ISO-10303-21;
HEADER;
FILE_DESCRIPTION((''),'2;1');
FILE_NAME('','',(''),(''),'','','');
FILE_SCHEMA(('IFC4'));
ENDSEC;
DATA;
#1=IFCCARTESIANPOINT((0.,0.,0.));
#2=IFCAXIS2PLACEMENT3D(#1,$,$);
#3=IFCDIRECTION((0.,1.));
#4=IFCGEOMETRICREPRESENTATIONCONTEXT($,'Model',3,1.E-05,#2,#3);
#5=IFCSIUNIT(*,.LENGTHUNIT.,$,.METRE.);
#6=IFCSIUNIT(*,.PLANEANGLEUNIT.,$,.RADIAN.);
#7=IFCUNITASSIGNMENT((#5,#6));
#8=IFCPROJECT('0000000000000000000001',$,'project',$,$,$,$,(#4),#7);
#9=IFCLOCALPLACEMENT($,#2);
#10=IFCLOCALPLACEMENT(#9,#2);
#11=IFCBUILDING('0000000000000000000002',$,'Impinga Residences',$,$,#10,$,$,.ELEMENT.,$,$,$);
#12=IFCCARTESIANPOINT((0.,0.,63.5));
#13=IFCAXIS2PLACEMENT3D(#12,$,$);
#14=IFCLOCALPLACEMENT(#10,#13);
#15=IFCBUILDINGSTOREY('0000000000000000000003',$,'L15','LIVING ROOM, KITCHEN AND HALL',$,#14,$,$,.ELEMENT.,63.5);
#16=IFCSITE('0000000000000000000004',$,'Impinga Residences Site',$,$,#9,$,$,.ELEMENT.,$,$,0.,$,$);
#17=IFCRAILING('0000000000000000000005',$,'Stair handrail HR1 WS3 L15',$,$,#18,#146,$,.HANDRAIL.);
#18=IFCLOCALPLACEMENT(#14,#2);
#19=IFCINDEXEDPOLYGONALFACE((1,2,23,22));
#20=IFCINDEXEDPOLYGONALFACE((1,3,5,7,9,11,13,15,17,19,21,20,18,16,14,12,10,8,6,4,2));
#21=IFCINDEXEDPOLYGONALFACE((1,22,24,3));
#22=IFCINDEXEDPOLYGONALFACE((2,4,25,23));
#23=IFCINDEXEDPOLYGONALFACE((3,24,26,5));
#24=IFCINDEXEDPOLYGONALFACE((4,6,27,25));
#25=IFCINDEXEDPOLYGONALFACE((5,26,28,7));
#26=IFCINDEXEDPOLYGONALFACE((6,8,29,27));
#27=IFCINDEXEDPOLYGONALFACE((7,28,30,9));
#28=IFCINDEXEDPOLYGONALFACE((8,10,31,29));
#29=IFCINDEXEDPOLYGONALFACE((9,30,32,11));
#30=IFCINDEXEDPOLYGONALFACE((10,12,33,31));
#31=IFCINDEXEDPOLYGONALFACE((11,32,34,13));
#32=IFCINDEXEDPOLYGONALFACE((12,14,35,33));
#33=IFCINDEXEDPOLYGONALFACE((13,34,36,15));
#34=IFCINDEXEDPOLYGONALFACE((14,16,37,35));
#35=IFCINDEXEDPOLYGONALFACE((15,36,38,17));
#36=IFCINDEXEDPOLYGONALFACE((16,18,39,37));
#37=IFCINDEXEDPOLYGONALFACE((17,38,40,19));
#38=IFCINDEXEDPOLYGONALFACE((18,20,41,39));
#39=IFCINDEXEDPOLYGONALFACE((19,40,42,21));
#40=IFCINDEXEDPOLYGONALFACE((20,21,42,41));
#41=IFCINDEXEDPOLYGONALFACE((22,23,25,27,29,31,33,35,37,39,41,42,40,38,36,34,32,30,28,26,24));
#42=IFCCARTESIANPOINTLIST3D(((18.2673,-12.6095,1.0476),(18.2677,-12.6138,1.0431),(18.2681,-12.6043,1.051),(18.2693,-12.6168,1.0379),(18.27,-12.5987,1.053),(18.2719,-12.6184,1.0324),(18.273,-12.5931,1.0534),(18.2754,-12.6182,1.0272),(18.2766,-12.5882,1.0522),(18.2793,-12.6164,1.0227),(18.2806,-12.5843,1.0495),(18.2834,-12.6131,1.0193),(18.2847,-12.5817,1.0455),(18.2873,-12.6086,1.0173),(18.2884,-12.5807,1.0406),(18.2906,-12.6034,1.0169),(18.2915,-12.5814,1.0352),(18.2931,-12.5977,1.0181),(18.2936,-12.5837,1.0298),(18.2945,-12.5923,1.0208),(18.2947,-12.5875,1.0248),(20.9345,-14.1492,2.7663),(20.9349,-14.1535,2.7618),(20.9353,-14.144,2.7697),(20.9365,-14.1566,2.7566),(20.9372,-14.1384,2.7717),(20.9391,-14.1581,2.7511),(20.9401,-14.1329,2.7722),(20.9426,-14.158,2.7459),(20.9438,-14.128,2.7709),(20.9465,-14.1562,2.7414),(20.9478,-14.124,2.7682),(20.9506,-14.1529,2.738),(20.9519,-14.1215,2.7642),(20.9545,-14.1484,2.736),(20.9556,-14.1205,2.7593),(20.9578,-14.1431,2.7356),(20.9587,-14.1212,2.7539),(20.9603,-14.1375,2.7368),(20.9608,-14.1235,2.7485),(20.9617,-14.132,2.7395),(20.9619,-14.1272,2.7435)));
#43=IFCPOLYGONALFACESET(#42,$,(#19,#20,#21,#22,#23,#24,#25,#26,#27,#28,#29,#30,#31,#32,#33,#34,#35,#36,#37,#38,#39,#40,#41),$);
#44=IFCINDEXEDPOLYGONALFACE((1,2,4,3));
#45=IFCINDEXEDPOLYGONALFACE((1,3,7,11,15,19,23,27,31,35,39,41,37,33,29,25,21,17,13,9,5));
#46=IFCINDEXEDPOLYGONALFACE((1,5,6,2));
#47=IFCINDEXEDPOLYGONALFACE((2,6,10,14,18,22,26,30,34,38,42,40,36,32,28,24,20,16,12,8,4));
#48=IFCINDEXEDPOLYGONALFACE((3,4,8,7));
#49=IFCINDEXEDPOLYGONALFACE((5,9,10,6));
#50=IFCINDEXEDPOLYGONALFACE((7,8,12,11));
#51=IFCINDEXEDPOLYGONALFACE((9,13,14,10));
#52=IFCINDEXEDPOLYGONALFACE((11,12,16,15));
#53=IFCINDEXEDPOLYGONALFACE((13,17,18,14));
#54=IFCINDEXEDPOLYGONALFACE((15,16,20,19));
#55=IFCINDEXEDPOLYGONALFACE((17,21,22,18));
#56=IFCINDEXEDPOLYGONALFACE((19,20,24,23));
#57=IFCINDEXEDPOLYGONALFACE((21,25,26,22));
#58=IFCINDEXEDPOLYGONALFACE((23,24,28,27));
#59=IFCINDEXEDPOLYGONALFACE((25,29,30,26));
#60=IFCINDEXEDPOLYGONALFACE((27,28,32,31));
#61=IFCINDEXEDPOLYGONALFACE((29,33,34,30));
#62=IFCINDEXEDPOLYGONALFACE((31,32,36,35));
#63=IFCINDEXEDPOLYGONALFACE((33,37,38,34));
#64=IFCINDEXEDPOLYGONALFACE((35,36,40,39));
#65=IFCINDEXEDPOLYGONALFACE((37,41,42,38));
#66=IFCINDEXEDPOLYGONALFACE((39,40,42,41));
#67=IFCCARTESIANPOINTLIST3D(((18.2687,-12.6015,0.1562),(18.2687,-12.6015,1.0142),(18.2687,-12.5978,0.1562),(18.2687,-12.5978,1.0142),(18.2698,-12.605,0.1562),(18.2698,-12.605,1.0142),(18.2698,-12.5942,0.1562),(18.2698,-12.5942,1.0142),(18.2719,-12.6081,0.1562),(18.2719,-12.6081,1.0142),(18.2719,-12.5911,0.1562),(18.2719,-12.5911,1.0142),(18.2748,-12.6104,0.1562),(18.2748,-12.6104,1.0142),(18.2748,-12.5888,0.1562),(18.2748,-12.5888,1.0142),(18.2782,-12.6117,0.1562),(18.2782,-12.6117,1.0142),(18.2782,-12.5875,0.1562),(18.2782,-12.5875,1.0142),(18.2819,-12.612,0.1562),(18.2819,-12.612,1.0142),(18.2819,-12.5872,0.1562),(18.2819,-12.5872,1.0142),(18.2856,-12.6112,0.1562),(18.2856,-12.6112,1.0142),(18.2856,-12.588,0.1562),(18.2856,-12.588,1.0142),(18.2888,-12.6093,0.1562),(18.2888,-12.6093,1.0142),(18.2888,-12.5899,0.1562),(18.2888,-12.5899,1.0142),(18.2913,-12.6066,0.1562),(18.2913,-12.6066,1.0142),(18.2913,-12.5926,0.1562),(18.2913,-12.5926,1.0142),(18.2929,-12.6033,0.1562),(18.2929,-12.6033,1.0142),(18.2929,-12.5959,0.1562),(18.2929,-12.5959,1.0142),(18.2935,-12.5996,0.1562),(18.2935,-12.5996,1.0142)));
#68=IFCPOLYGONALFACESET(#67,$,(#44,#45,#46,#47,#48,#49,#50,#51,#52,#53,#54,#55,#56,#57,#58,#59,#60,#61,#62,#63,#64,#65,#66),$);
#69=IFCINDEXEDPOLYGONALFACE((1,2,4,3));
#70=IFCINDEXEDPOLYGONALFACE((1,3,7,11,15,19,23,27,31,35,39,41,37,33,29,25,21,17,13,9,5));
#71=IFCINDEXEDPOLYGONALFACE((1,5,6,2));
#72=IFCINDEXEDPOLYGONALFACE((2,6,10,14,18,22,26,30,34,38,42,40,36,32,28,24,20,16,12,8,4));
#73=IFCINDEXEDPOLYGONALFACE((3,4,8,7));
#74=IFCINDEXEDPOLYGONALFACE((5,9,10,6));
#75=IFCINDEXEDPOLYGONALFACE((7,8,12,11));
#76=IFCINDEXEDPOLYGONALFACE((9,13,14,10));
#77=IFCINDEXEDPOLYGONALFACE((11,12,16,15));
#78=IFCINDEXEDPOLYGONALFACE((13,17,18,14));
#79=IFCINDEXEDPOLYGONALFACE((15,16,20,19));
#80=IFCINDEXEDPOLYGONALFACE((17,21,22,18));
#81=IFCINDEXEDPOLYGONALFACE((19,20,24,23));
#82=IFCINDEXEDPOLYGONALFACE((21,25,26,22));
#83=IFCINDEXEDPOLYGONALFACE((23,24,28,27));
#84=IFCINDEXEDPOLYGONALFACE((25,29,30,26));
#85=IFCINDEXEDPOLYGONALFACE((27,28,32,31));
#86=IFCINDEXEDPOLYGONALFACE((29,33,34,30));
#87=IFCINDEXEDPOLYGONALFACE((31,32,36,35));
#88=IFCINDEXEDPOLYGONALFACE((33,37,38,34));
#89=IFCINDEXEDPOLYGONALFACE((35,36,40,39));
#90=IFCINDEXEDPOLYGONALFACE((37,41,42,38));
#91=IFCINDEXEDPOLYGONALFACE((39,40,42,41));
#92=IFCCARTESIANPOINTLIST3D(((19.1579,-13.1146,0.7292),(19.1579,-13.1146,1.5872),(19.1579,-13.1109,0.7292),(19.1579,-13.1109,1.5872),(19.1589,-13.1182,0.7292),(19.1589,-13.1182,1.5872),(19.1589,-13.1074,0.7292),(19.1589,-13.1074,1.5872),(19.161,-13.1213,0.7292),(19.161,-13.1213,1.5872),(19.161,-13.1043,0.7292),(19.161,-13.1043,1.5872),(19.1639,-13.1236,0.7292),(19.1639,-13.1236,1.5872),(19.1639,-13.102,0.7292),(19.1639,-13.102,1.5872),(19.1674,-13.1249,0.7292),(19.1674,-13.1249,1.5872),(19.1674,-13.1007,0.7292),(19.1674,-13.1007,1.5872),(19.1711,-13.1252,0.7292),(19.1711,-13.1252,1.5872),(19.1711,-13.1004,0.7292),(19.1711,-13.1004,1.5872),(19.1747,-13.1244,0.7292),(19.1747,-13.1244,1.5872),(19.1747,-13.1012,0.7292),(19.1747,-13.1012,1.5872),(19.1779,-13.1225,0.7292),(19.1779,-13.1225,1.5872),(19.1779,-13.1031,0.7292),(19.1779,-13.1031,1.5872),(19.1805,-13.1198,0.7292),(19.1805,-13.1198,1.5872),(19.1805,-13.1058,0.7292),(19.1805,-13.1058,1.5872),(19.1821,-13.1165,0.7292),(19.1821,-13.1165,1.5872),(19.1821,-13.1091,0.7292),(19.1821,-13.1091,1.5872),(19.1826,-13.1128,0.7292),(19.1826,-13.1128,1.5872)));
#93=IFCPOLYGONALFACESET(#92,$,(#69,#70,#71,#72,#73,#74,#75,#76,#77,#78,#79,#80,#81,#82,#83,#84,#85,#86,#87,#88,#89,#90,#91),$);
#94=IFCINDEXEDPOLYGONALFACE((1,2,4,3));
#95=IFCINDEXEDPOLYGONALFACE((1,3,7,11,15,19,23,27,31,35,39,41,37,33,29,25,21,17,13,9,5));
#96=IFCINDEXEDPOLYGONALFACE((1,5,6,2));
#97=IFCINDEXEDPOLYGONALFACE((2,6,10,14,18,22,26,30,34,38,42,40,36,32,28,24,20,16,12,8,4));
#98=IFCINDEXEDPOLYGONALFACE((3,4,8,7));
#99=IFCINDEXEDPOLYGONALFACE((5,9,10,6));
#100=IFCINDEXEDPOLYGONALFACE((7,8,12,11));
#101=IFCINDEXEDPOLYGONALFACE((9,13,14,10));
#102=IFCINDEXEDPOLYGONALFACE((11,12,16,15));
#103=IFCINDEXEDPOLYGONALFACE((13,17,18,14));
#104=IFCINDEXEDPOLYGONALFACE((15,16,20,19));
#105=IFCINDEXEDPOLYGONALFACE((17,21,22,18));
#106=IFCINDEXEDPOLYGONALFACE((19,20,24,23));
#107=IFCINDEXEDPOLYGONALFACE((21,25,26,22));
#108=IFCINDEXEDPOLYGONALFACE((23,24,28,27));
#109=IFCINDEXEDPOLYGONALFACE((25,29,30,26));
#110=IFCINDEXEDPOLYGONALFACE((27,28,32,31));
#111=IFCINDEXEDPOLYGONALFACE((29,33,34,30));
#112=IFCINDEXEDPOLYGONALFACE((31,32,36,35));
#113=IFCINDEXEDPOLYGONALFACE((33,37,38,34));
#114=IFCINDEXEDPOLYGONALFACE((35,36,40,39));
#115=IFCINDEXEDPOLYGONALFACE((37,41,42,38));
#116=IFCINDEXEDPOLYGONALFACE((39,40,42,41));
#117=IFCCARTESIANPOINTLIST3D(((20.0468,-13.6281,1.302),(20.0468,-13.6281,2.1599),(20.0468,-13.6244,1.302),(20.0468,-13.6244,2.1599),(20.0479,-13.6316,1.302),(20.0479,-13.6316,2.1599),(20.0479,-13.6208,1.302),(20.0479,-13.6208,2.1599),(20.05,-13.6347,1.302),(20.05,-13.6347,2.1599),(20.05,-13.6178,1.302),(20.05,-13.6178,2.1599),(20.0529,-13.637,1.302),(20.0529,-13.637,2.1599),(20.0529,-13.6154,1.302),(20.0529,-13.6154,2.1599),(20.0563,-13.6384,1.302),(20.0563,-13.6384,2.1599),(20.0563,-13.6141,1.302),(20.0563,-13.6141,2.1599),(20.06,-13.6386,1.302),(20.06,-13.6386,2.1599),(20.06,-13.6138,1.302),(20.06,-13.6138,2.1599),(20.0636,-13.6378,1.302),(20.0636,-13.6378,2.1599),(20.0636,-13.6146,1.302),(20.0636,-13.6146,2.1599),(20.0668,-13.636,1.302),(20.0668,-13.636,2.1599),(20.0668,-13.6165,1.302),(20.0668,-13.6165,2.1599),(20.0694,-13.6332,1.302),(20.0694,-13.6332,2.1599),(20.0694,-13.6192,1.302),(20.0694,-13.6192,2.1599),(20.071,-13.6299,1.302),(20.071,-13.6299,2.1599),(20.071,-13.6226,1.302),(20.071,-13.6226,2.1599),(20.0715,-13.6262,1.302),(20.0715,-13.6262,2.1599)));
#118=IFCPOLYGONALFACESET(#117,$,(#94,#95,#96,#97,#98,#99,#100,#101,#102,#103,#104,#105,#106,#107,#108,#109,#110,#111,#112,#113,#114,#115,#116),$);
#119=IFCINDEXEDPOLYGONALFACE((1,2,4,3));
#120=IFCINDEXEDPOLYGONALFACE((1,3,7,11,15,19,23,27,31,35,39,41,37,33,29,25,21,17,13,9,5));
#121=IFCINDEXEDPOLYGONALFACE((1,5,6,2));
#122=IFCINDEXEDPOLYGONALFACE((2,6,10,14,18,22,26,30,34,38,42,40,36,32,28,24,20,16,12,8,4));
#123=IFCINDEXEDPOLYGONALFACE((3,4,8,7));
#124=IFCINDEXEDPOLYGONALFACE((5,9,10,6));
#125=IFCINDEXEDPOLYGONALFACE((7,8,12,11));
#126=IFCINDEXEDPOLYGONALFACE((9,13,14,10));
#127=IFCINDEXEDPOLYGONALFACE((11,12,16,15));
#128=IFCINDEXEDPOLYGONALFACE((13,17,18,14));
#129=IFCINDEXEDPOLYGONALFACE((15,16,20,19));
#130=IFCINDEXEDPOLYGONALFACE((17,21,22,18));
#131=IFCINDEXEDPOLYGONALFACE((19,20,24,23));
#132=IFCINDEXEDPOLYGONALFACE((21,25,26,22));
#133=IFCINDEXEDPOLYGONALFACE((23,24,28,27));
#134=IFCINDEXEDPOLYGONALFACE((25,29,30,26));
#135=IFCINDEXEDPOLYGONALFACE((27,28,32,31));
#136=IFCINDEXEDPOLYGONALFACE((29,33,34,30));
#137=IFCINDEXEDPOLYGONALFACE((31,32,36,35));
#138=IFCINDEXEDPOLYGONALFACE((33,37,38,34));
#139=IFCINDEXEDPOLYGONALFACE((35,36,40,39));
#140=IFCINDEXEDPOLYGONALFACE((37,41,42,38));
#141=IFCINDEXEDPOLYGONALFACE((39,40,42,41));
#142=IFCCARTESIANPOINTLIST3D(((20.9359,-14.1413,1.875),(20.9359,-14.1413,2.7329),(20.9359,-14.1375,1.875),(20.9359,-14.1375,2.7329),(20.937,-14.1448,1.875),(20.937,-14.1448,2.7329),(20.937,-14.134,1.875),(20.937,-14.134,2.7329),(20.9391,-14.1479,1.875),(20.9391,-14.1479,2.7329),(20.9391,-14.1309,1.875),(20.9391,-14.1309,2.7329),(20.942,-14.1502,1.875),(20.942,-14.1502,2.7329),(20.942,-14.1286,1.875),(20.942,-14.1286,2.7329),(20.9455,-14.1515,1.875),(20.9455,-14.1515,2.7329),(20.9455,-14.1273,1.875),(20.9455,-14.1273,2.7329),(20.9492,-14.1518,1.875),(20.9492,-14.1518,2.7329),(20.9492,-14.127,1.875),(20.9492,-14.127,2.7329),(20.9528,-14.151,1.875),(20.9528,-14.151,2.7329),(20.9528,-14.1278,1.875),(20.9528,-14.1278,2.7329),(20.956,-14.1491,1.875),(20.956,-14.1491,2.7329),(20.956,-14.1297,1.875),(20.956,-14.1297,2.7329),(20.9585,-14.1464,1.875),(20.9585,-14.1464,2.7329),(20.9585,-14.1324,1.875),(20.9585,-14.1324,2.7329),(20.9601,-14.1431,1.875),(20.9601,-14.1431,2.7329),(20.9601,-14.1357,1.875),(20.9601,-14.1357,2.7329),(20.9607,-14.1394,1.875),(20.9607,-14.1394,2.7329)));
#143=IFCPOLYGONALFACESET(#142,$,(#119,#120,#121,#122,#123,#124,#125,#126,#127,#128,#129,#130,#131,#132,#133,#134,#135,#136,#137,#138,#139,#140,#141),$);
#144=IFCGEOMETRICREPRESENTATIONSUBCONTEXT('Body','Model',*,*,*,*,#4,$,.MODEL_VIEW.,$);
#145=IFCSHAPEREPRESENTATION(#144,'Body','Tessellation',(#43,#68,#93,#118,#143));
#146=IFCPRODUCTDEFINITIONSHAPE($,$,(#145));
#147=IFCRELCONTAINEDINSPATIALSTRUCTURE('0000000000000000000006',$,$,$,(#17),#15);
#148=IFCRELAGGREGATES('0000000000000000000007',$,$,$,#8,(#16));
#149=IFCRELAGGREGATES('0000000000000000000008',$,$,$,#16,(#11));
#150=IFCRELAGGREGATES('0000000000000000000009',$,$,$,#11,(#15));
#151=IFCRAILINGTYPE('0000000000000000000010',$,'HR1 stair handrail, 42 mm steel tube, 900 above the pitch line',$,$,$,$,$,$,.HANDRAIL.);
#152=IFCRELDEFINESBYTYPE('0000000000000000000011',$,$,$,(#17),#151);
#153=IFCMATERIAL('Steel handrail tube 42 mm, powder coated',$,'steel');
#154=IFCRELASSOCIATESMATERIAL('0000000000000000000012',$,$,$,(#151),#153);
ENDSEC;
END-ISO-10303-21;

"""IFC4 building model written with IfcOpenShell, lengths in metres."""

from ifc_helpers import new_model, si_unit, direction, frame, origin, origin_2d, place, context, subcontext, project, spatial, circle, extrude, material, type_object, element, save


model = new_model("IFC4")

# Units and contexts
model_context = context("Model", 3, precision=1e-05, world=origin(), true_north=direction((0.0, 1.0)))
body_context = subcontext(model_context, "Body", "Model", "MODEL_VIEW")
ifc_project = project(units=[si_unit("LENGTHUNIT", "METRE"), si_unit("PLANEANGLEUNIT", "RADIAN")], contexts=[model_context])

# Site, building, storey
site_placement = place(None, origin())
site = spatial("IfcSite", under=ifc_project, at=site_placement, Name="Impinga Residences Site", CompositionType="ELEMENT", RefElevation=0.0)
building_placement = place(site_placement, origin())
building = spatial("IfcBuilding", under=site, at=building_placement, Name="Impinga Residences", CompositionType="ELEMENT")
storey_placement = place(building_placement, frame((0.0, 0.0, 63.5)))
storey = spatial("IfcBuildingStorey", under=building, at=storey_placement, Name="L15", Description="LIVING ROOM, KITCHEN AND HALL", CompositionType="ELEMENT", Elevation=63.5)

# Railing
ifc_material_1 = material(Name="Steel handrail tube 42 mm, powder coated", Category="steel")
railing_type_1 = type_object("IfcRailingType", Name="HR1 stair handrail, 42 mm steel tube, 900 above the pitch line", PredefinedType="HANDRAIL", material=ifc_material_1)
railing_1_placement = place(storey_placement, frame((18.281, -12.5996, 0.1562)))
element("IfcRailing", 1, at=railing_1_placement, inside=storey, type_object=railing_type_1, Name="Stair handrail HR1 WS3 L15", PredefinedType="HANDRAIL", context=body_context, shape_type="SweptSolid", body=[
    extrude(circle(Radius=0.021, at=origin_2d()), frame((0.0, 0.0, 0.8789), z_axis=(0.756249, -0.436582, 0.487322), x_axis=(0.499967, 0.866044, 0.0)), (0.0, 0.0, 1.0), 3.5269),
    extrude(circle(Radius=0.0125, at=origin_2d()), origin(), (0.0, 0.0, 1.0), 0.8579),
    extrude(circle(Radius=0.0125, at=origin_2d()), frame((0.8892, -0.5132, 0.573)), (0.0, 0.0, 1.0), 0.8579),
    extrude(circle(Radius=0.0125, at=origin_2d()), frame((1.7781, -1.0266, 1.1458)), (0.0, 0.0, 1.0), 0.8579),
    extrude(circle(Radius=0.0125, at=origin_2d()), frame((2.6672, -1.5398, 1.7188)), (0.0, 0.0, 1.0), 0.8579),
])

save(model, "model.ifc")
